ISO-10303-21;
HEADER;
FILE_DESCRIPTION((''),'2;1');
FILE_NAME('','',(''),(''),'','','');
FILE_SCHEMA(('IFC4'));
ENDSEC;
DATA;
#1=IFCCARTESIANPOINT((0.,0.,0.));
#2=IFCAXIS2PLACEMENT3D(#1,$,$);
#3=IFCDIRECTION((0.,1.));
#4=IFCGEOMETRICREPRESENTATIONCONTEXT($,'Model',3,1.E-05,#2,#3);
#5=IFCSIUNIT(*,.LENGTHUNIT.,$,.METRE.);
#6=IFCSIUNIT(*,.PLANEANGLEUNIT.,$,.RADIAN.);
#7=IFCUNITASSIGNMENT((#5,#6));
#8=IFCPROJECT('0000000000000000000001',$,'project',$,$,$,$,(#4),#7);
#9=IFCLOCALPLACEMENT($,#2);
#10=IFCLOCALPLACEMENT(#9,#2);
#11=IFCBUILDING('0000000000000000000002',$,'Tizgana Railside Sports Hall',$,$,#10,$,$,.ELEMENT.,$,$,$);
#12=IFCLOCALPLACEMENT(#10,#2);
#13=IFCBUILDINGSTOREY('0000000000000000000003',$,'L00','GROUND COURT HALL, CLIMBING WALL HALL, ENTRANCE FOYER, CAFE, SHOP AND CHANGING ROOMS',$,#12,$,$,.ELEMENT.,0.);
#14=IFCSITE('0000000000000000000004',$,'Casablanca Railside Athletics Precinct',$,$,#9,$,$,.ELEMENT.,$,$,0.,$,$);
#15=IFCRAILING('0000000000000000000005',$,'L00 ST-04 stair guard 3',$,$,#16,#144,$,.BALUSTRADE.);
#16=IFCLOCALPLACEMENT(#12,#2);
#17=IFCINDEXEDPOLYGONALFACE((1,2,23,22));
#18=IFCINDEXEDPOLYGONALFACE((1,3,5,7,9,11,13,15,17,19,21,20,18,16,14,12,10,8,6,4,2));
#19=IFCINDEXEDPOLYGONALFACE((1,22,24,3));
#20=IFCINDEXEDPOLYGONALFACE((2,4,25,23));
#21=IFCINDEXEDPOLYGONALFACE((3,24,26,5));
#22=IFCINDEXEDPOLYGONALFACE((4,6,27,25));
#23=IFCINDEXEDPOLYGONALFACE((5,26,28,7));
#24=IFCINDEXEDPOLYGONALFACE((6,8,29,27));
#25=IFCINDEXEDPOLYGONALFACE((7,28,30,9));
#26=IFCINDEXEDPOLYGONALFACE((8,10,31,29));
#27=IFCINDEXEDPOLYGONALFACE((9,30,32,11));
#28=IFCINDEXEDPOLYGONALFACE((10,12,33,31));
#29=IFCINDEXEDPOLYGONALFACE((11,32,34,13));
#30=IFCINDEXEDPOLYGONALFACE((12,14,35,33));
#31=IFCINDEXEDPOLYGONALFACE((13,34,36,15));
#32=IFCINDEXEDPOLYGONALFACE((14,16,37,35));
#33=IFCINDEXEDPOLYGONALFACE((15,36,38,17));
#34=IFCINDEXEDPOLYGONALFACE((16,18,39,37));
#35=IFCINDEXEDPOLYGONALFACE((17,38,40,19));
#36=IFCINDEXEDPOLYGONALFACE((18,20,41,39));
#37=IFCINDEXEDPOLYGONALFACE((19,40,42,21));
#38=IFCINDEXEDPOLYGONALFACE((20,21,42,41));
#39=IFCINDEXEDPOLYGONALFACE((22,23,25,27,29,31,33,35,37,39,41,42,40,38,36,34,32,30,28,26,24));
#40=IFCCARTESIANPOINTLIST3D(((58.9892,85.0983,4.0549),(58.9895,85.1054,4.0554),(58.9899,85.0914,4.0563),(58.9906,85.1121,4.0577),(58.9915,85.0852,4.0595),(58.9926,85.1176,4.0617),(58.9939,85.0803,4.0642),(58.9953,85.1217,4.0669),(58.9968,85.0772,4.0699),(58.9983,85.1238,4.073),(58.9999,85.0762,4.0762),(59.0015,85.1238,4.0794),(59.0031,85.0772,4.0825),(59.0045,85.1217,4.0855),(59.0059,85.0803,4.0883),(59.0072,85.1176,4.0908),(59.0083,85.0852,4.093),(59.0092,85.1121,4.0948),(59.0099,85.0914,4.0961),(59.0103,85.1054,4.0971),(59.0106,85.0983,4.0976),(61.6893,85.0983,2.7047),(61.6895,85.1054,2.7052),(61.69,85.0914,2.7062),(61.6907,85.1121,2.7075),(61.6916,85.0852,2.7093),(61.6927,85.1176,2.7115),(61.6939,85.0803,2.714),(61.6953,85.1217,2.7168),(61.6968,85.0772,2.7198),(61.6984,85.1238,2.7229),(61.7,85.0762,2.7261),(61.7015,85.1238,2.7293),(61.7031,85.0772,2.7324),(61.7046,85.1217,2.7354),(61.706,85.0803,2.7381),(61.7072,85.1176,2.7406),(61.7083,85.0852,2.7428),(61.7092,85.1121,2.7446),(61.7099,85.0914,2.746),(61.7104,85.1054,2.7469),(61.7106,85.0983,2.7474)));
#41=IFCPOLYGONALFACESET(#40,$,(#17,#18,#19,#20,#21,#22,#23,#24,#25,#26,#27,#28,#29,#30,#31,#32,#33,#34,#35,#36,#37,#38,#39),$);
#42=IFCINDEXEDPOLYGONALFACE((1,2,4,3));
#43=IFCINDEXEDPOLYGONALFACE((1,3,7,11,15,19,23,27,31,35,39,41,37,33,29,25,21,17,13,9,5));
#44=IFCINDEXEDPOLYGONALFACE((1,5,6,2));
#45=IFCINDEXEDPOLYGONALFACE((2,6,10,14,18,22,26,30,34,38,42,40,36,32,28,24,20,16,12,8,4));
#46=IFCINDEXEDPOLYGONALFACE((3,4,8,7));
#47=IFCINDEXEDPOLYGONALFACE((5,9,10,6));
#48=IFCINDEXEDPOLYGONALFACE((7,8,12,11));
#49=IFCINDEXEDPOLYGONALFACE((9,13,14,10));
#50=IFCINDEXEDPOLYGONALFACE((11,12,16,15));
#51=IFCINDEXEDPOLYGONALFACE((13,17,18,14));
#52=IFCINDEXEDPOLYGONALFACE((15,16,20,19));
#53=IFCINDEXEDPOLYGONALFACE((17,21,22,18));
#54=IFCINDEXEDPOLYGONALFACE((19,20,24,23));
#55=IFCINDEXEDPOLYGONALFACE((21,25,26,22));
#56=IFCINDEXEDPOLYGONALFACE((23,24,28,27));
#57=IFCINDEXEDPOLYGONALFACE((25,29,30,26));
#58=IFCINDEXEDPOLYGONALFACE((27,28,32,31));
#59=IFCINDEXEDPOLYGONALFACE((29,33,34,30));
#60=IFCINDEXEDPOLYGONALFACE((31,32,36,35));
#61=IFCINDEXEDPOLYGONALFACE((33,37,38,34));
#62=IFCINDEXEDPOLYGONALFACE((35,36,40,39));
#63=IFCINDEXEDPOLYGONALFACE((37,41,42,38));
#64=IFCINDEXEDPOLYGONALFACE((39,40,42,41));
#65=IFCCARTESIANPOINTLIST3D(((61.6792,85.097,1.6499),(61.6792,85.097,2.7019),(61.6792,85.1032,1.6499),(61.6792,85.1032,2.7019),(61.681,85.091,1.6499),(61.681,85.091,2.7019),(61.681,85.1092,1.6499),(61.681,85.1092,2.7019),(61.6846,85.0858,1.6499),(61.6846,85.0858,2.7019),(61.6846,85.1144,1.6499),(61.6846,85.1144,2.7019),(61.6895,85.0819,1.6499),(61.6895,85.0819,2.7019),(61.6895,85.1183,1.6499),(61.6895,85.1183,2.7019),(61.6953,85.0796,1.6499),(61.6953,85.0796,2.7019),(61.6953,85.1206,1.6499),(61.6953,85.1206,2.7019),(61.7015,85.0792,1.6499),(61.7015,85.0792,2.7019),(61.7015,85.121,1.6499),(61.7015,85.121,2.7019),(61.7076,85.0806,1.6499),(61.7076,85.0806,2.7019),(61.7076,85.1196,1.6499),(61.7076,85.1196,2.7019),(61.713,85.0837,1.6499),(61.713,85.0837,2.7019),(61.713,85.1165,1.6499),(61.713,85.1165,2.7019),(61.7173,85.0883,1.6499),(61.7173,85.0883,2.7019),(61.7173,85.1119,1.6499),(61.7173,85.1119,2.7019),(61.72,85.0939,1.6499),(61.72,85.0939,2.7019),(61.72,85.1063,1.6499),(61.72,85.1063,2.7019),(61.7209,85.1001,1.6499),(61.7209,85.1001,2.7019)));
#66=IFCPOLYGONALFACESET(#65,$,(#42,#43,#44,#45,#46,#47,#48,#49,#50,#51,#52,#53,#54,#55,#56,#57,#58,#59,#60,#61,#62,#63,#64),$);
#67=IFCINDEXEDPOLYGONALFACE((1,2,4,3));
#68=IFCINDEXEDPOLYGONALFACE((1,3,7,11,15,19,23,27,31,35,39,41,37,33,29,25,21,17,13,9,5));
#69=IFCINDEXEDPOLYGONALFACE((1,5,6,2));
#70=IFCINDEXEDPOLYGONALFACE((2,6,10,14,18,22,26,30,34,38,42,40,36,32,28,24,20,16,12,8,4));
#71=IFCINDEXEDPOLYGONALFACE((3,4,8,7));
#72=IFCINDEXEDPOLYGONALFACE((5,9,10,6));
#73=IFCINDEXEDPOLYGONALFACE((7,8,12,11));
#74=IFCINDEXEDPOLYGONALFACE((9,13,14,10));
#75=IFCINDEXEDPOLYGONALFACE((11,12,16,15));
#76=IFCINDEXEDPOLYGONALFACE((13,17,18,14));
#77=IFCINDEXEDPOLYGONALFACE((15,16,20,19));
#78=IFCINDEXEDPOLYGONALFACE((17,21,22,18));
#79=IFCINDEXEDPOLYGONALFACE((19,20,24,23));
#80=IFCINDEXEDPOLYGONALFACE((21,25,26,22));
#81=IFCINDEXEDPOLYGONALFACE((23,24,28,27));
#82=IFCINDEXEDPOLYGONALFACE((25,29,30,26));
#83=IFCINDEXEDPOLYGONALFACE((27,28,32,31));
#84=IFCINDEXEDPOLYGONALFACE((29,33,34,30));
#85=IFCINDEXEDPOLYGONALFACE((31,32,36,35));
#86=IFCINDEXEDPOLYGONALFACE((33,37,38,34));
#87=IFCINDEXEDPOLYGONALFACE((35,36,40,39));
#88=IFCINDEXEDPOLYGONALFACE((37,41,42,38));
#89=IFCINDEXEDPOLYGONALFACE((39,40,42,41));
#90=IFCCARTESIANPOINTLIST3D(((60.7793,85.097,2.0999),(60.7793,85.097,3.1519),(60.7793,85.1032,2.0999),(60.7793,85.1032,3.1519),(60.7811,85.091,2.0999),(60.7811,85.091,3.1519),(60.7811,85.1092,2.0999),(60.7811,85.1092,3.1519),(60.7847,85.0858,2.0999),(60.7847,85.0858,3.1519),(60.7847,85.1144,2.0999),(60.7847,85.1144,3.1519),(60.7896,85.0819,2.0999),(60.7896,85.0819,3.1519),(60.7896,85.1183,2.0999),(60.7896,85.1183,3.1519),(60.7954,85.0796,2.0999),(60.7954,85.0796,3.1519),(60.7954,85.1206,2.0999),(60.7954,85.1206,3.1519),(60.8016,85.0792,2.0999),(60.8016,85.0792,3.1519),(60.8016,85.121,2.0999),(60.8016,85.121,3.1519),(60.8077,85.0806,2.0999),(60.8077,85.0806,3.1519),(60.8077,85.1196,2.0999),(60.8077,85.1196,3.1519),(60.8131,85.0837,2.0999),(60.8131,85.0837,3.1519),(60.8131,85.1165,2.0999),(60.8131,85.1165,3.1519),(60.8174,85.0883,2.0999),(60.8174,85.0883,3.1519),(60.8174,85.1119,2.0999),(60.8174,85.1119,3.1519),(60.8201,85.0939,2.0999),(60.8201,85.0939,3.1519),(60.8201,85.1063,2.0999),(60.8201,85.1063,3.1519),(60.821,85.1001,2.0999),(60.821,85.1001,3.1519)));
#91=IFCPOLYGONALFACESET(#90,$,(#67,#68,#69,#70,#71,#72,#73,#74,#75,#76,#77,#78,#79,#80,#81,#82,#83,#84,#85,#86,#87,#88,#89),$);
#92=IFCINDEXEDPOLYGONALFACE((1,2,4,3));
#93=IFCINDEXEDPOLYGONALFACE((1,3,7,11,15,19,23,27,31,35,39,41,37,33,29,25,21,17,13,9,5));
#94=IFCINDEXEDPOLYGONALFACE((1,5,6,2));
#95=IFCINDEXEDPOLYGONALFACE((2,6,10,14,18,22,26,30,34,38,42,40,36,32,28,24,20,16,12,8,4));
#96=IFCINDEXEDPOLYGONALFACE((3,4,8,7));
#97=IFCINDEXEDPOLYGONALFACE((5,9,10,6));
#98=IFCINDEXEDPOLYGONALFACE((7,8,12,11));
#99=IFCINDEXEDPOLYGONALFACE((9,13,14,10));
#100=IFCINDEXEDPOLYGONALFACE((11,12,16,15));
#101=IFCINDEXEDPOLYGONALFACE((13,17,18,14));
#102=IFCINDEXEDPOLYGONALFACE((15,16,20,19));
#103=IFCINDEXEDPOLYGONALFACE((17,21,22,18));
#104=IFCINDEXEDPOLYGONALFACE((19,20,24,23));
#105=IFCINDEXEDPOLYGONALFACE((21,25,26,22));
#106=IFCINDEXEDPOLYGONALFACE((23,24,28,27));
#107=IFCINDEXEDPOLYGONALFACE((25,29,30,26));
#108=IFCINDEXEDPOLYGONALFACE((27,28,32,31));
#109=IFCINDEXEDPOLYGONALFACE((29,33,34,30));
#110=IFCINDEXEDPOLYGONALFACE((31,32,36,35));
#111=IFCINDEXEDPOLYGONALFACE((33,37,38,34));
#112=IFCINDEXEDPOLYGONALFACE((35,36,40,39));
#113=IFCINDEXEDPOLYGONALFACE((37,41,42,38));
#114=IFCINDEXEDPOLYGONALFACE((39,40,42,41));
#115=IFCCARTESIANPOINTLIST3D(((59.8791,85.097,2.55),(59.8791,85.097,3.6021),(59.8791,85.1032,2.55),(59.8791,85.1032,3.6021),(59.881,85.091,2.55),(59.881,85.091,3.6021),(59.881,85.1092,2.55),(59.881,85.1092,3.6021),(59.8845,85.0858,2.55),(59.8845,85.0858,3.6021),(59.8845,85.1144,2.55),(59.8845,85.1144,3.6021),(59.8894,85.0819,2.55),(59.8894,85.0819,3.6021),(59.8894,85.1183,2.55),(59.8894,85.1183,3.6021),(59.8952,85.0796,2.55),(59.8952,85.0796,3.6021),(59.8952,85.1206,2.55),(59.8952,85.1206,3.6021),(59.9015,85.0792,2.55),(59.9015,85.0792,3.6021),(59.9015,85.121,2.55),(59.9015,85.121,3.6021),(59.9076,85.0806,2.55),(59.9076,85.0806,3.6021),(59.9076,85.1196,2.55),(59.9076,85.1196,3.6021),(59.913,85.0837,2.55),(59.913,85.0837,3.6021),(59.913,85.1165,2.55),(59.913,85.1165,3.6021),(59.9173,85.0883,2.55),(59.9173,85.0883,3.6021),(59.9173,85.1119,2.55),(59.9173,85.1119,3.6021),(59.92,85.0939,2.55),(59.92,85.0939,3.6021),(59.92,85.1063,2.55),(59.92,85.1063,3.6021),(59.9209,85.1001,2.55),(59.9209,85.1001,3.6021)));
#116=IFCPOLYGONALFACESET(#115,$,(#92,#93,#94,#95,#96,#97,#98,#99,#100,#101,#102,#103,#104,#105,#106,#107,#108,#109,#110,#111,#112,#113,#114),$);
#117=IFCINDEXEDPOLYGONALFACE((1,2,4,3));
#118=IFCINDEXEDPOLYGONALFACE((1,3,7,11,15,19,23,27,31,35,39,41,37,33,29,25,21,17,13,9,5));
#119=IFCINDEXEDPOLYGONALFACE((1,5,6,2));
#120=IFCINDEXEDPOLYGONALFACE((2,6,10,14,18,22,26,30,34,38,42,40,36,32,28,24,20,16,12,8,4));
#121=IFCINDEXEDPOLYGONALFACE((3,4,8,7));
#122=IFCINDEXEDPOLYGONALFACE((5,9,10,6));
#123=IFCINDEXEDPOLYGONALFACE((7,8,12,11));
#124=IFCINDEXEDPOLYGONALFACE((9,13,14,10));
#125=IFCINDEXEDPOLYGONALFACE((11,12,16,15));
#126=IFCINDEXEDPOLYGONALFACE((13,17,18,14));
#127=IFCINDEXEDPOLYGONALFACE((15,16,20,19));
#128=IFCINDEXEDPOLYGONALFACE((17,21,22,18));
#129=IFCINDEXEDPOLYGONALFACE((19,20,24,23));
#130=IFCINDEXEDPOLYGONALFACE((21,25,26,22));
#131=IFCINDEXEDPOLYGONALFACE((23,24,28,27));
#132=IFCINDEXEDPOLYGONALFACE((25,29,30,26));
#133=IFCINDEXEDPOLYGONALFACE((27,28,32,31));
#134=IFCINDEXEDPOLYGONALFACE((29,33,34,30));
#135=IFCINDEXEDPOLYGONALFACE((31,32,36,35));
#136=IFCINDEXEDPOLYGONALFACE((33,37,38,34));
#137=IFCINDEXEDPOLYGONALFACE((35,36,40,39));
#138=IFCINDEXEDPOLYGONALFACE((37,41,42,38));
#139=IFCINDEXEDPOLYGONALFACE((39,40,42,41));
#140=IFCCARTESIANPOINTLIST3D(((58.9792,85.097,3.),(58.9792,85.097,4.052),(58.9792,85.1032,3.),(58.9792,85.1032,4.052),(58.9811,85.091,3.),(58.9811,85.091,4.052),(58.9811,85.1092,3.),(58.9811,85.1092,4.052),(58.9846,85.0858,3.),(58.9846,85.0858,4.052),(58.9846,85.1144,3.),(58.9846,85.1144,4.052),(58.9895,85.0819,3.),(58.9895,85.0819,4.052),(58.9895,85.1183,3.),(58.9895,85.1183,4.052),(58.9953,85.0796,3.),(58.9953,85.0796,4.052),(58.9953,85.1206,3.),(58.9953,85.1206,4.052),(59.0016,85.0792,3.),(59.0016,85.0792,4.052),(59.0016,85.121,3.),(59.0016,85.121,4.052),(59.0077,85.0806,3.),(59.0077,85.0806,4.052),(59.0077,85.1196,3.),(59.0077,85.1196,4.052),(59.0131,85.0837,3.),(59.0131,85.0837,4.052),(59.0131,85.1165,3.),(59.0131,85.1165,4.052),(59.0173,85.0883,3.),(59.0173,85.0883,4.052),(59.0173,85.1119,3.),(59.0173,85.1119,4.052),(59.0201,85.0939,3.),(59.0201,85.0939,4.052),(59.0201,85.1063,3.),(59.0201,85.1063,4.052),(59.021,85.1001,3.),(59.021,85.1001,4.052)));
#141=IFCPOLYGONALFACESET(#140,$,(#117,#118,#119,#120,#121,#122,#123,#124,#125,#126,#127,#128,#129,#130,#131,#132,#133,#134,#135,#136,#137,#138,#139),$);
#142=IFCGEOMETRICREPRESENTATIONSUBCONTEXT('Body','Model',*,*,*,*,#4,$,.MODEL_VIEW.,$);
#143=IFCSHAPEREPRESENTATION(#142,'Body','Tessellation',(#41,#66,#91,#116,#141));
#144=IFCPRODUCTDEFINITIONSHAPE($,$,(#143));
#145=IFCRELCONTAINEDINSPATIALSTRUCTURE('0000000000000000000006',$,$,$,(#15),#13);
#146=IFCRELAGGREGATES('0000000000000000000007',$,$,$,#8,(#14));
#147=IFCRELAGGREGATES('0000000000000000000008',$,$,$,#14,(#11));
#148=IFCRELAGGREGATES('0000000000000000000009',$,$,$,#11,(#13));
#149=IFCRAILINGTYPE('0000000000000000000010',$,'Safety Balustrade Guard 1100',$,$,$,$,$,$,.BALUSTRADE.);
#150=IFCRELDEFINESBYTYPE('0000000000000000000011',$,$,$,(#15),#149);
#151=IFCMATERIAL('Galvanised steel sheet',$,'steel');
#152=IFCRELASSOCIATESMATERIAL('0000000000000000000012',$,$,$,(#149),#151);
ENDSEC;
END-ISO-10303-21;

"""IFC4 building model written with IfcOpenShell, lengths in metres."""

from ifc_helpers import new_model, si_unit, direction, frame, origin, origin_2d, place, context, subcontext, project, spatial, circle, extrude, material, type_object, element, save


model = new_model("IFC4")

# Units and contexts
model_context = context("Model", 3, precision=1e-05, world=origin(), true_north=direction((0.0, 1.0)))
body_context = subcontext(model_context, "Body", "Model", "MODEL_VIEW")
ifc_project = project(units=[si_unit("LENGTHUNIT", "METRE"), si_unit("PLANEANGLEUNIT", "RADIAN")], contexts=[model_context])

# Site, building, storey
site_placement = place(None, origin())
site = spatial("IfcSite", under=ifc_project, at=site_placement, Name="Casablanca Railside Athletics Precinct", CompositionType="ELEMENT", RefElevation=0.0)
building_placement = place(site_placement, origin())
building = spatial("IfcBuilding", under=site, at=building_placement, Name="Tizgana Railside Sports Hall", CompositionType="ELEMENT")
storey_placement = place(building_placement, origin())
storey = spatial("IfcBuildingStorey", under=building, at=storey_placement, Name="L00", Description="GROUND COURT HALL, CLIMBING WALL HALL, ENTRANCE FOYER, CAFE, SHOP AND CHANGING ROOMS", CompositionType="ELEMENT", Elevation=0.0)

# Shared definitions
ifc_material_1 = material(Name="Galvanised steel sheet", Category="steel")

# Railing
railing_type_1 = type_object("IfcRailingType", Name="Safety Balustrade Guard 1100", PredefinedType="BALUSTRADE", material=ifc_material_1)
railing_1_placement = place(storey_placement, frame((61.7, 85.1001, 1.6499)))
element("IfcRailing", 1, at=railing_1_placement, inside=storey, type_object=railing_type_1, Name="L00 ST-04 stair guard 3", PredefinedType="BALUSTRADE", context=body_context, shape_type="SweptSolid", body=[
    extrude(circle(Radius=0.0239, at=origin_2d()), frame((0.0, 0.0, 1.0762), z_axis=(-0.894411, 0.0, 0.447246), x_axis=(0.0, -1.0, 0.0)), (0.0, 0.0, 1.0), 3.0188),
    extrude(circle(Radius=0.021, at=origin_2d()), origin(), (0.0, 0.0, 1.0), 1.052),
    extrude(circle(Radius=0.021, at=origin_2d()), frame((-0.8999, 0.0, 0.45)), (0.0, 0.0, 1.0), 1.052),
    extrude(circle(Radius=0.021, at=origin_2d()), frame((-1.8, 0.0, 0.9001)), (0.0, 0.0, 1.0), 1.052),
    extrude(circle(Radius=0.021, at=origin_2d()), frame((-2.7, 0.0, 1.3501)), (0.0, 0.0, 1.0), 1.052),
])

save(model, "model.ifc")
